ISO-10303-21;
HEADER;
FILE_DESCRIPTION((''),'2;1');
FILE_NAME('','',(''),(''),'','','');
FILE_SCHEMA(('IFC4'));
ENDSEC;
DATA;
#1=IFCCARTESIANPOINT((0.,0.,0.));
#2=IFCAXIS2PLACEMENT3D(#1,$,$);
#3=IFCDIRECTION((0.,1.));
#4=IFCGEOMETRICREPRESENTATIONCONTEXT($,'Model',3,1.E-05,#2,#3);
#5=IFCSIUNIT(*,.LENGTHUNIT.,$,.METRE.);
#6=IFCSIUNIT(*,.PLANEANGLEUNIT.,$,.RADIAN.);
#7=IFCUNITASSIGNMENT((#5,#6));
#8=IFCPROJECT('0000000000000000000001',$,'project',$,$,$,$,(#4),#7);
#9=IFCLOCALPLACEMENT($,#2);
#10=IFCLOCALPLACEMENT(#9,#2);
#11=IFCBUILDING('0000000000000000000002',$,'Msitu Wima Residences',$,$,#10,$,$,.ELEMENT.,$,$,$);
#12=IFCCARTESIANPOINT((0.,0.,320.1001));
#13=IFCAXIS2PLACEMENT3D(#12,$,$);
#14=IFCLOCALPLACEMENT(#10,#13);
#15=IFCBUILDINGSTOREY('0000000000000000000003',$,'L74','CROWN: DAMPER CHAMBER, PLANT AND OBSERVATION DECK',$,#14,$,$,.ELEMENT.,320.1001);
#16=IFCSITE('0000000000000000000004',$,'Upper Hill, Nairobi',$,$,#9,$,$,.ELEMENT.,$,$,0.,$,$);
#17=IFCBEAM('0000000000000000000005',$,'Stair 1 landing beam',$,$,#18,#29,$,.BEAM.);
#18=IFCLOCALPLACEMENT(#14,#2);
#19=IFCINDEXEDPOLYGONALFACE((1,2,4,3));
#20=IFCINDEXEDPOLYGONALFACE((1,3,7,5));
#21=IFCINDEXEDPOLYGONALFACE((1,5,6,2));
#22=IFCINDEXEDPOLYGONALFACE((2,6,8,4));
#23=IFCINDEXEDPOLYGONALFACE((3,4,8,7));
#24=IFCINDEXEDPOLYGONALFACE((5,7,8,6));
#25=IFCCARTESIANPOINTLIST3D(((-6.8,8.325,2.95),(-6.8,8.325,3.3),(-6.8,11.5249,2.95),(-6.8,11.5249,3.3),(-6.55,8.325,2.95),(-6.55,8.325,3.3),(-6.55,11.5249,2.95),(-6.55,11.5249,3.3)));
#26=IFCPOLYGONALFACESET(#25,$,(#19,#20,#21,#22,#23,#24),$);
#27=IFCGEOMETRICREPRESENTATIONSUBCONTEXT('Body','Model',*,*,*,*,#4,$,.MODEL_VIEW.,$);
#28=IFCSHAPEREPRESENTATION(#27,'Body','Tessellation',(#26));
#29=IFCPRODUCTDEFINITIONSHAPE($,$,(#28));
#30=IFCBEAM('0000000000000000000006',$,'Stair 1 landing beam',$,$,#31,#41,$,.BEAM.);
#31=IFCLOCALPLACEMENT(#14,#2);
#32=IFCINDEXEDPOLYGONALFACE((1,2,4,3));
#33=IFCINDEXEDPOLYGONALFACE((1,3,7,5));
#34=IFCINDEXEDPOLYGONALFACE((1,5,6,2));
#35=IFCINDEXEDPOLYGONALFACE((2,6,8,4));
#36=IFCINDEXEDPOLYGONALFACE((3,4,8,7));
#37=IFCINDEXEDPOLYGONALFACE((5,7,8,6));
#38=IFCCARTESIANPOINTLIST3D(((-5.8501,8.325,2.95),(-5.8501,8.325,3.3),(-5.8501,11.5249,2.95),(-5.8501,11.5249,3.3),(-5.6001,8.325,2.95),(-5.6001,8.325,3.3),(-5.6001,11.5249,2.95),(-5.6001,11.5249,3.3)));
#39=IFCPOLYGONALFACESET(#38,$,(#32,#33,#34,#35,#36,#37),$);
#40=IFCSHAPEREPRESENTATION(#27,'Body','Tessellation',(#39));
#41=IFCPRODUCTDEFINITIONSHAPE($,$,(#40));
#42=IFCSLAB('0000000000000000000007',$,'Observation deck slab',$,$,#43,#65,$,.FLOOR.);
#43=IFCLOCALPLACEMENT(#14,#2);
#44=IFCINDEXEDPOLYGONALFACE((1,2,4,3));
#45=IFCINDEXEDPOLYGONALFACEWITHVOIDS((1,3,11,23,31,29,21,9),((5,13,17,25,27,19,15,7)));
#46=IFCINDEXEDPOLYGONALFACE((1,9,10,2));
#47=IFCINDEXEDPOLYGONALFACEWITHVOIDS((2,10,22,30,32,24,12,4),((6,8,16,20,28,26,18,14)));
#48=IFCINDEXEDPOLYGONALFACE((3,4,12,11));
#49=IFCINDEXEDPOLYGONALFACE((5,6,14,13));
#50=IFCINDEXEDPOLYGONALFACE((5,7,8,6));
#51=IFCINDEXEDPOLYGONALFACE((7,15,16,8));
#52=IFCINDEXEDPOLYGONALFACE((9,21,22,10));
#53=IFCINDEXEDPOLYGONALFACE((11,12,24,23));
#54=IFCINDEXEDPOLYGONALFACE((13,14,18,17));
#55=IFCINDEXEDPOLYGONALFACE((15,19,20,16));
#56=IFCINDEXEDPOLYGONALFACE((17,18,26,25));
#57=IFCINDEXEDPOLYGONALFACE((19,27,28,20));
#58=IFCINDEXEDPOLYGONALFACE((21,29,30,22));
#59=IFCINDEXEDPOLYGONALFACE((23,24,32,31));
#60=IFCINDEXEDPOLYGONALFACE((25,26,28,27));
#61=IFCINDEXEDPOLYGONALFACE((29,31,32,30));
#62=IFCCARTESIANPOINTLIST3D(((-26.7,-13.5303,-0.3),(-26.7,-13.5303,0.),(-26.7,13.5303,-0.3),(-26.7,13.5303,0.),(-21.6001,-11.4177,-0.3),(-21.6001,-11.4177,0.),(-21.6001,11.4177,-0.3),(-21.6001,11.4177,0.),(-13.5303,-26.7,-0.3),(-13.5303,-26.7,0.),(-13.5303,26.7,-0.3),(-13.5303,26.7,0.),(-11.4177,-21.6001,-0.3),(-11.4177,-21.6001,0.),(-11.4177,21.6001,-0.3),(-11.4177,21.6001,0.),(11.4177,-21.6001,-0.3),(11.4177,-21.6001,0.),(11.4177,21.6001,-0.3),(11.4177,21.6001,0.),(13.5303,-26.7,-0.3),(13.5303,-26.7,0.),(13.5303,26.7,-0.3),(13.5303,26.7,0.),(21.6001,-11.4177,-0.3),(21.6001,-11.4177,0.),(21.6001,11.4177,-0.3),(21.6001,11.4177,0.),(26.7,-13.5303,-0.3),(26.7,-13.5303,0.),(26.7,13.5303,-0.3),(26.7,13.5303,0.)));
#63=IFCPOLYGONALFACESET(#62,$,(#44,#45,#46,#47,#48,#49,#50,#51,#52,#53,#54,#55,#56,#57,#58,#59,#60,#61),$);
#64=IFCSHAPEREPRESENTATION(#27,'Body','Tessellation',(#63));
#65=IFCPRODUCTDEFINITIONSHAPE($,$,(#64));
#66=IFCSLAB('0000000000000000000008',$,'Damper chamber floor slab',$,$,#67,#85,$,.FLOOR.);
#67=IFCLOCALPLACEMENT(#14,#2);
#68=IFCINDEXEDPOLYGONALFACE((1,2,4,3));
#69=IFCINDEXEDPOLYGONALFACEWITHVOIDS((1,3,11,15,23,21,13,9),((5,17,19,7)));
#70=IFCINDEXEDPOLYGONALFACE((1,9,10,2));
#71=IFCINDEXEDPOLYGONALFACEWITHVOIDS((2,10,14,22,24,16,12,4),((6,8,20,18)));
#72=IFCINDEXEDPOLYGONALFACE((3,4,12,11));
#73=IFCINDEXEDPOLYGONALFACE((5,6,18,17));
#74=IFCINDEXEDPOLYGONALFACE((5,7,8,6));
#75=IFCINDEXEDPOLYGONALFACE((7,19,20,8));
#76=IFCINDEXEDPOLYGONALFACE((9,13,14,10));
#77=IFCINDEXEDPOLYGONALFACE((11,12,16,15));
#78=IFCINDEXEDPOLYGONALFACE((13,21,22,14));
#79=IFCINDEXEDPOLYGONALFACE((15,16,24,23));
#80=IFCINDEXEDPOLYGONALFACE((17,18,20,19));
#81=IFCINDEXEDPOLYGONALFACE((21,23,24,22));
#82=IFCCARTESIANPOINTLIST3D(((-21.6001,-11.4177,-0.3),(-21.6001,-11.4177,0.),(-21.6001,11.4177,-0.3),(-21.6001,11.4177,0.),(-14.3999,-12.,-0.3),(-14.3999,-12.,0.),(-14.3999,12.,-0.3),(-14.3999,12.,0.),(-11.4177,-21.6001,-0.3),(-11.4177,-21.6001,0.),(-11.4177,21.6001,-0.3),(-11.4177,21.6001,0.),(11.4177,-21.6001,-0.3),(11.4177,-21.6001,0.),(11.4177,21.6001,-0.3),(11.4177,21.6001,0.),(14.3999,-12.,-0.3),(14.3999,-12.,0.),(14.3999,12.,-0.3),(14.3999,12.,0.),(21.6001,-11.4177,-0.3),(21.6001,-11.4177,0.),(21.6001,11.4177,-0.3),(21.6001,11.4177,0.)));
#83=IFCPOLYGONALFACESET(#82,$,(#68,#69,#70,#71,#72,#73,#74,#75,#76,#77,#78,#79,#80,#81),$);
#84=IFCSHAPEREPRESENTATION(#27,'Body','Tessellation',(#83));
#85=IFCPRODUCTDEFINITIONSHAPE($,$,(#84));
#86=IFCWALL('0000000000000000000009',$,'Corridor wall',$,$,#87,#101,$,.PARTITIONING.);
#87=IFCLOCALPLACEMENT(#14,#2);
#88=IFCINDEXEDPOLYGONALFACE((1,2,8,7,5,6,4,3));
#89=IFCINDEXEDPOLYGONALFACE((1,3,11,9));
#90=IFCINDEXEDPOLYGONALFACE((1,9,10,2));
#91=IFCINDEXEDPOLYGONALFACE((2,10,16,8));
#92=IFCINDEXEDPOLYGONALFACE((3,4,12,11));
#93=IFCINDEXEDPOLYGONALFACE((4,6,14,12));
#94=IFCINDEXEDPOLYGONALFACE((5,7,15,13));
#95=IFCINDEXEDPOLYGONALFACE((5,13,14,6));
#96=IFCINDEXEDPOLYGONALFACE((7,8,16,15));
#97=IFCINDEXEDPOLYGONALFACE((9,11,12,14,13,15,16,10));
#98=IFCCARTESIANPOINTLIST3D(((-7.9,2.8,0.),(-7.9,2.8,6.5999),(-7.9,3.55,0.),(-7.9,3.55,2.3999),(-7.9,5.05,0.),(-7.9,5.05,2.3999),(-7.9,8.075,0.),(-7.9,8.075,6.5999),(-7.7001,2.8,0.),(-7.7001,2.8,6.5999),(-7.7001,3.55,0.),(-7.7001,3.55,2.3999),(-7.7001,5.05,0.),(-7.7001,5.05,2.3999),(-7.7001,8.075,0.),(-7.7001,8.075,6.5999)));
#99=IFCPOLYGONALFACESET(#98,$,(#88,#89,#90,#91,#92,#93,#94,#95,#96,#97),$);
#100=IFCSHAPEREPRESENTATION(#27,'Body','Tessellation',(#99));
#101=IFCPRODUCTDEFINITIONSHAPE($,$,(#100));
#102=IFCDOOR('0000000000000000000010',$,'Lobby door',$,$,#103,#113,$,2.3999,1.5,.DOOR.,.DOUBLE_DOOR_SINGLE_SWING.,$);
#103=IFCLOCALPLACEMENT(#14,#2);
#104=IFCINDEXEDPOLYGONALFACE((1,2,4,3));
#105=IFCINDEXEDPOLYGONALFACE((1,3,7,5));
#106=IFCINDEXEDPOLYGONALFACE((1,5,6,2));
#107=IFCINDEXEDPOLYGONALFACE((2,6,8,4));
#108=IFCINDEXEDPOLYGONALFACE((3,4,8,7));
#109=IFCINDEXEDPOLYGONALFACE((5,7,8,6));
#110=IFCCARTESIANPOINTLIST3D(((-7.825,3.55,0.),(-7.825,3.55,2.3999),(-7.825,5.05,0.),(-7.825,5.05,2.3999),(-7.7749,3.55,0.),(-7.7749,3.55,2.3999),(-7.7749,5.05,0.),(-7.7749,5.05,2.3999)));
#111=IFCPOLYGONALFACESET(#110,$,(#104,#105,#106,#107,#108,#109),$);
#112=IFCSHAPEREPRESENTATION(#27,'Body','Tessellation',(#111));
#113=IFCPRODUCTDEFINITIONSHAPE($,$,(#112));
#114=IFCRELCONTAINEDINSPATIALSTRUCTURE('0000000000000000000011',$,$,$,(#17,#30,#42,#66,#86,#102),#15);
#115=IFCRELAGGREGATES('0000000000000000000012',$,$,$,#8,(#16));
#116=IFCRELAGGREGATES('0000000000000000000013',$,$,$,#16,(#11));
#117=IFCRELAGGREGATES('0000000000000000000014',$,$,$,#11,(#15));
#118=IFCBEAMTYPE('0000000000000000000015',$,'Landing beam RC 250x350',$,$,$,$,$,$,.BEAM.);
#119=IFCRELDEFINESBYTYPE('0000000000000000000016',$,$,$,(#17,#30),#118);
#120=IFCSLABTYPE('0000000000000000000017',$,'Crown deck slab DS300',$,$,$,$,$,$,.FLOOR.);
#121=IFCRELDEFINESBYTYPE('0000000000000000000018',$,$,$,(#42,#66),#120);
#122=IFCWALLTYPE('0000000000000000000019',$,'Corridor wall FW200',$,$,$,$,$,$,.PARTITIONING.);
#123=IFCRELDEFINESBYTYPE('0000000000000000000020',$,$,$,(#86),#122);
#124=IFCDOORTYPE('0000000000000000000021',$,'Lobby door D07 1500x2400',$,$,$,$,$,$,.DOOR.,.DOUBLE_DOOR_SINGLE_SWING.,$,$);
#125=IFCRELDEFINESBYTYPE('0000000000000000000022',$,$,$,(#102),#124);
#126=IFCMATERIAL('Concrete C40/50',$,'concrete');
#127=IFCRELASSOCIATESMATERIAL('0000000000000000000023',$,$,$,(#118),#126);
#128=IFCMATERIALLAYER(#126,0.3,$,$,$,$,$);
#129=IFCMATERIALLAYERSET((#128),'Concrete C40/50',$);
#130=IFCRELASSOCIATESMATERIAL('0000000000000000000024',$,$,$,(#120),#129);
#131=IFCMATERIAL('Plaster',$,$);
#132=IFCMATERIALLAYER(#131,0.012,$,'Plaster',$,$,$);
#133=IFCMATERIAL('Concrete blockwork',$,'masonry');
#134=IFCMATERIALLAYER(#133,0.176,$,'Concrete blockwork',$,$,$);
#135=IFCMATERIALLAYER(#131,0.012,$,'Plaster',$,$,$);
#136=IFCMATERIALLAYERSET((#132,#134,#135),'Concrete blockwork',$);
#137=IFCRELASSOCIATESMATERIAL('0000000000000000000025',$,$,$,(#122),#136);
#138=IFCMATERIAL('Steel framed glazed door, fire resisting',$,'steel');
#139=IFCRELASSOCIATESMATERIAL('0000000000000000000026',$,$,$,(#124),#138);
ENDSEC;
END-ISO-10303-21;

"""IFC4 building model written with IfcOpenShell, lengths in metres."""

from ifc_helpers import new_model, si_unit, direction, frame, frame_2d, origin, origin_2d, place, context, subcontext, project, spatial, polyline, rectangle, outline, extrude, material, layer, layer_set, material_profile, profile_set, type_object, element, fill, save


model = new_model("IFC4")

# Units and contexts
model_context = context("Model", 3, precision=1e-05, world=origin(), true_north=direction((0.0, 1.0)))
body_context = subcontext(model_context, "Body", "Model", "MODEL_VIEW")
ifc_project = project(units=[si_unit("LENGTHUNIT", "METRE"), si_unit("PLANEANGLEUNIT", "RADIAN")], contexts=[model_context])

# Site, building, storey
site_placement = place(None, origin())
site = spatial("IfcSite", under=ifc_project, at=site_placement, Name="Upper Hill, Nairobi", CompositionType="ELEMENT", RefElevation=0.0)
building_placement = place(site_placement, origin())
building = spatial("IfcBuilding", under=site, at=building_placement, Name="Msitu Wima Residences", CompositionType="ELEMENT")
storey_placement = place(building_placement, frame((0.0, 0.0, 320.1001)))
storey = spatial("IfcBuildingStorey", under=building, at=storey_placement, Name="L74", Description="CROWN: DAMPER CHAMBER, PLANT AND OBSERVATION DECK", CompositionType="ELEMENT", Elevation=320.1001)

# Beams
ifc_material_1 = material(Name="Concrete C40/50", Category="concrete")
ifc_material_profile = material_profile(ifc_material_1, rectangle(XDim=0.25, YDim=0.3501, at=origin_2d()), Name="RC 250x350")
ifc_profile_set = profile_set([ifc_material_profile], Name="Concrete C40/50")
beam_type = type_object("IfcBeamType", Name="Landing beam RC 250x350", PredefinedType="BEAM", material=ifc_profile_set)
for number, where, z_axis, x_axis, name in (
    (1, (-6.675, 8.325, 3.125), (0.0, 1.0, 0.0), (-1.0, 0.0, 0.0), "Stair 1 landing beam"),
    (2, (-5.7251, 8.325, 3.125), (0.0, 1.0, 0.0), (-1.0, 0.0, 0.0), "Stair 1 landing beam"),
):
    element("IfcBeam", number, at=place(storey_placement, frame(where, z_axis=z_axis, x_axis=x_axis)), inside=storey, type_object=beam_type, Name=name, PredefinedType="BEAM", context=body_context, shape_type="SweptSolid", body=[
        extrude(rectangle(XDim=0.25, YDim=0.3501, at=origin_2d()), origin(), (0.0, 0.0, 1.0), 3.2),
    ])

# Slabs
ifc_layer_1 = layer(ifc_material_1, 0.3)
ifc_layer_set_1 = layer_set([ifc_layer_1], Name="Concrete C40/50")
slab_type = type_object("IfcSlabType", Name="Crown deck slab DS300", PredefinedType="FLOOR", material=ifc_layer_set_1)
slab_1_placement = place(storey_placement, frame((0.0, 0.0, -0.3)))
element("IfcSlab", 3, at=slab_1_placement, inside=storey, type_object=slab_type, Name="Observation deck slab", PredefinedType="FLOOR", context=body_context, shape_type="SweptSolid", body=[
    extrude(outline(polyline([(13.5303, -26.7), (-13.5303, -26.7), (-26.7, -13.5303), (-26.7, 13.5303), (-13.5303, 26.7), (13.5303, 26.7), (26.7, 13.5303), (26.7, -13.5303), (13.5303, -26.7)]), holes=[polyline([(21.6001, 11.4177), (11.4177, 21.6001), (-11.4177, 21.6001), (-21.6001, 11.4177), (-21.6001, -11.4177), (-11.4177, -21.6001), (11.4177, -21.6001), (21.6001, -11.4177), (21.6001, 11.4177)])]), origin(), (0.0, 0.0, 1.0), 0.3),
])
slab_2_placement = place(storey_placement, frame((0.0, 0.0, -0.3)))
element("IfcSlab", 4, at=slab_2_placement, inside=storey, type_object=slab_type, Name="Damper chamber floor slab", PredefinedType="FLOOR", context=body_context, shape_type="SweptSolid", body=[
    extrude(outline(polyline([(11.4177, -21.6001), (-11.4177, -21.6001), (-21.6001, -11.4177), (-21.6001, 11.4177), (-11.4177, 21.6001), (11.4177, 21.6001), (21.6001, 11.4177), (21.6001, -11.4177), (11.4177, -21.6001)]), holes=[polyline([(14.3999, 12.0), (-14.3999, 12.0), (-14.3999, -12.0), (14.3999, -12.0), (14.3999, 12.0)])]), origin(), (0.0, 0.0, 1.0), 0.3),
])

# Wall, opening, door
ifc_material_2 = material(Name="Plaster")
ifc_layer_2 = layer(ifc_material_2, 0.012, Name="Plaster")
ifc_material_3 = material(Name="Concrete blockwork", Category="masonry")
ifc_layer_3 = layer(ifc_material_3, 0.176, Name="Concrete blockwork")
ifc_layer_4 = layer(ifc_material_2, 0.012, Name="Plaster")
ifc_layer_set_2 = layer_set([ifc_layer_2, ifc_layer_3, ifc_layer_4], Name="Concrete blockwork")
wall_type_1 = type_object("IfcWallType", Name="Corridor wall FW200", PredefinedType="PARTITIONING", material=ifc_layer_set_2)
wall_1_placement = place(storey_placement, frame((-7.8, 2.8, 0.0), z_axis=(0.0, 0.0, 1.0), x_axis=(0.0, 1.0, 0.0)))
wall_1 = element("IfcWall", 5, at=wall_1_placement, inside=storey, type_object=wall_type_1, Name="Corridor wall", PredefinedType="PARTITIONING", context=body_context, shape_type="SweptSolid", body=[
    extrude(rectangle(XDim=5.2749, YDim=0.2, at=frame_2d((2.6375, 0.0))), origin(), (0.0, 0.0, 1.0), 6.5999),
])
opening_1_placement = place(wall_1_placement, frame((0.75, 0.0, 0.0)))
opening_1 = element("IfcOpeningElement", 6, at=opening_1_placement, cuts=wall_1, PredefinedType="OPENING", context=body_context, shape_type="SweptSolid", body=[
    extrude(rectangle(XDim=1.5, YDim=2.3999, at=frame_2d((0.75, 1.2))), frame((0.0, 0.1099, 0.0), z_axis=(0.0, -1.0, 0.0), x_axis=(1.0, 0.0, 0.0)), (0.0, 0.0, 1.0), 0.22),
])
ifc_material_4 = material(Name="Steel framed glazed door, fire resisting", Category="steel")
door_type_1 = type_object("IfcDoorType", Name="Lobby door D07 1500x2400", OperationType="DOUBLE_DOOR_SINGLE_SWING", PredefinedType="DOOR", material=ifc_material_4)
door_1_placement = place(opening_1_placement, origin())
door_1 = element("IfcDoor", 7, at=door_1_placement, inside=storey, type_object=door_type_1, Name="Lobby door", OperationType="DOUBLE_DOOR_SINGLE_SWING", OverallHeight=2.3999, OverallWidth=1.5, PredefinedType="DOOR", context=body_context, shape_type="SweptSolid", body=[
    extrude(rectangle(XDim=1.5, YDim=2.3999, at=frame_2d((0.75, 1.2))), frame((0.0, 0.0249, 0.0), z_axis=(0.0, -1.0, 0.0), x_axis=(1.0, 0.0, 0.0)), (0.0, 0.0, 1.0), 0.05),
])
fill(opening_1, door_1)

save(model, "model.ifc")
